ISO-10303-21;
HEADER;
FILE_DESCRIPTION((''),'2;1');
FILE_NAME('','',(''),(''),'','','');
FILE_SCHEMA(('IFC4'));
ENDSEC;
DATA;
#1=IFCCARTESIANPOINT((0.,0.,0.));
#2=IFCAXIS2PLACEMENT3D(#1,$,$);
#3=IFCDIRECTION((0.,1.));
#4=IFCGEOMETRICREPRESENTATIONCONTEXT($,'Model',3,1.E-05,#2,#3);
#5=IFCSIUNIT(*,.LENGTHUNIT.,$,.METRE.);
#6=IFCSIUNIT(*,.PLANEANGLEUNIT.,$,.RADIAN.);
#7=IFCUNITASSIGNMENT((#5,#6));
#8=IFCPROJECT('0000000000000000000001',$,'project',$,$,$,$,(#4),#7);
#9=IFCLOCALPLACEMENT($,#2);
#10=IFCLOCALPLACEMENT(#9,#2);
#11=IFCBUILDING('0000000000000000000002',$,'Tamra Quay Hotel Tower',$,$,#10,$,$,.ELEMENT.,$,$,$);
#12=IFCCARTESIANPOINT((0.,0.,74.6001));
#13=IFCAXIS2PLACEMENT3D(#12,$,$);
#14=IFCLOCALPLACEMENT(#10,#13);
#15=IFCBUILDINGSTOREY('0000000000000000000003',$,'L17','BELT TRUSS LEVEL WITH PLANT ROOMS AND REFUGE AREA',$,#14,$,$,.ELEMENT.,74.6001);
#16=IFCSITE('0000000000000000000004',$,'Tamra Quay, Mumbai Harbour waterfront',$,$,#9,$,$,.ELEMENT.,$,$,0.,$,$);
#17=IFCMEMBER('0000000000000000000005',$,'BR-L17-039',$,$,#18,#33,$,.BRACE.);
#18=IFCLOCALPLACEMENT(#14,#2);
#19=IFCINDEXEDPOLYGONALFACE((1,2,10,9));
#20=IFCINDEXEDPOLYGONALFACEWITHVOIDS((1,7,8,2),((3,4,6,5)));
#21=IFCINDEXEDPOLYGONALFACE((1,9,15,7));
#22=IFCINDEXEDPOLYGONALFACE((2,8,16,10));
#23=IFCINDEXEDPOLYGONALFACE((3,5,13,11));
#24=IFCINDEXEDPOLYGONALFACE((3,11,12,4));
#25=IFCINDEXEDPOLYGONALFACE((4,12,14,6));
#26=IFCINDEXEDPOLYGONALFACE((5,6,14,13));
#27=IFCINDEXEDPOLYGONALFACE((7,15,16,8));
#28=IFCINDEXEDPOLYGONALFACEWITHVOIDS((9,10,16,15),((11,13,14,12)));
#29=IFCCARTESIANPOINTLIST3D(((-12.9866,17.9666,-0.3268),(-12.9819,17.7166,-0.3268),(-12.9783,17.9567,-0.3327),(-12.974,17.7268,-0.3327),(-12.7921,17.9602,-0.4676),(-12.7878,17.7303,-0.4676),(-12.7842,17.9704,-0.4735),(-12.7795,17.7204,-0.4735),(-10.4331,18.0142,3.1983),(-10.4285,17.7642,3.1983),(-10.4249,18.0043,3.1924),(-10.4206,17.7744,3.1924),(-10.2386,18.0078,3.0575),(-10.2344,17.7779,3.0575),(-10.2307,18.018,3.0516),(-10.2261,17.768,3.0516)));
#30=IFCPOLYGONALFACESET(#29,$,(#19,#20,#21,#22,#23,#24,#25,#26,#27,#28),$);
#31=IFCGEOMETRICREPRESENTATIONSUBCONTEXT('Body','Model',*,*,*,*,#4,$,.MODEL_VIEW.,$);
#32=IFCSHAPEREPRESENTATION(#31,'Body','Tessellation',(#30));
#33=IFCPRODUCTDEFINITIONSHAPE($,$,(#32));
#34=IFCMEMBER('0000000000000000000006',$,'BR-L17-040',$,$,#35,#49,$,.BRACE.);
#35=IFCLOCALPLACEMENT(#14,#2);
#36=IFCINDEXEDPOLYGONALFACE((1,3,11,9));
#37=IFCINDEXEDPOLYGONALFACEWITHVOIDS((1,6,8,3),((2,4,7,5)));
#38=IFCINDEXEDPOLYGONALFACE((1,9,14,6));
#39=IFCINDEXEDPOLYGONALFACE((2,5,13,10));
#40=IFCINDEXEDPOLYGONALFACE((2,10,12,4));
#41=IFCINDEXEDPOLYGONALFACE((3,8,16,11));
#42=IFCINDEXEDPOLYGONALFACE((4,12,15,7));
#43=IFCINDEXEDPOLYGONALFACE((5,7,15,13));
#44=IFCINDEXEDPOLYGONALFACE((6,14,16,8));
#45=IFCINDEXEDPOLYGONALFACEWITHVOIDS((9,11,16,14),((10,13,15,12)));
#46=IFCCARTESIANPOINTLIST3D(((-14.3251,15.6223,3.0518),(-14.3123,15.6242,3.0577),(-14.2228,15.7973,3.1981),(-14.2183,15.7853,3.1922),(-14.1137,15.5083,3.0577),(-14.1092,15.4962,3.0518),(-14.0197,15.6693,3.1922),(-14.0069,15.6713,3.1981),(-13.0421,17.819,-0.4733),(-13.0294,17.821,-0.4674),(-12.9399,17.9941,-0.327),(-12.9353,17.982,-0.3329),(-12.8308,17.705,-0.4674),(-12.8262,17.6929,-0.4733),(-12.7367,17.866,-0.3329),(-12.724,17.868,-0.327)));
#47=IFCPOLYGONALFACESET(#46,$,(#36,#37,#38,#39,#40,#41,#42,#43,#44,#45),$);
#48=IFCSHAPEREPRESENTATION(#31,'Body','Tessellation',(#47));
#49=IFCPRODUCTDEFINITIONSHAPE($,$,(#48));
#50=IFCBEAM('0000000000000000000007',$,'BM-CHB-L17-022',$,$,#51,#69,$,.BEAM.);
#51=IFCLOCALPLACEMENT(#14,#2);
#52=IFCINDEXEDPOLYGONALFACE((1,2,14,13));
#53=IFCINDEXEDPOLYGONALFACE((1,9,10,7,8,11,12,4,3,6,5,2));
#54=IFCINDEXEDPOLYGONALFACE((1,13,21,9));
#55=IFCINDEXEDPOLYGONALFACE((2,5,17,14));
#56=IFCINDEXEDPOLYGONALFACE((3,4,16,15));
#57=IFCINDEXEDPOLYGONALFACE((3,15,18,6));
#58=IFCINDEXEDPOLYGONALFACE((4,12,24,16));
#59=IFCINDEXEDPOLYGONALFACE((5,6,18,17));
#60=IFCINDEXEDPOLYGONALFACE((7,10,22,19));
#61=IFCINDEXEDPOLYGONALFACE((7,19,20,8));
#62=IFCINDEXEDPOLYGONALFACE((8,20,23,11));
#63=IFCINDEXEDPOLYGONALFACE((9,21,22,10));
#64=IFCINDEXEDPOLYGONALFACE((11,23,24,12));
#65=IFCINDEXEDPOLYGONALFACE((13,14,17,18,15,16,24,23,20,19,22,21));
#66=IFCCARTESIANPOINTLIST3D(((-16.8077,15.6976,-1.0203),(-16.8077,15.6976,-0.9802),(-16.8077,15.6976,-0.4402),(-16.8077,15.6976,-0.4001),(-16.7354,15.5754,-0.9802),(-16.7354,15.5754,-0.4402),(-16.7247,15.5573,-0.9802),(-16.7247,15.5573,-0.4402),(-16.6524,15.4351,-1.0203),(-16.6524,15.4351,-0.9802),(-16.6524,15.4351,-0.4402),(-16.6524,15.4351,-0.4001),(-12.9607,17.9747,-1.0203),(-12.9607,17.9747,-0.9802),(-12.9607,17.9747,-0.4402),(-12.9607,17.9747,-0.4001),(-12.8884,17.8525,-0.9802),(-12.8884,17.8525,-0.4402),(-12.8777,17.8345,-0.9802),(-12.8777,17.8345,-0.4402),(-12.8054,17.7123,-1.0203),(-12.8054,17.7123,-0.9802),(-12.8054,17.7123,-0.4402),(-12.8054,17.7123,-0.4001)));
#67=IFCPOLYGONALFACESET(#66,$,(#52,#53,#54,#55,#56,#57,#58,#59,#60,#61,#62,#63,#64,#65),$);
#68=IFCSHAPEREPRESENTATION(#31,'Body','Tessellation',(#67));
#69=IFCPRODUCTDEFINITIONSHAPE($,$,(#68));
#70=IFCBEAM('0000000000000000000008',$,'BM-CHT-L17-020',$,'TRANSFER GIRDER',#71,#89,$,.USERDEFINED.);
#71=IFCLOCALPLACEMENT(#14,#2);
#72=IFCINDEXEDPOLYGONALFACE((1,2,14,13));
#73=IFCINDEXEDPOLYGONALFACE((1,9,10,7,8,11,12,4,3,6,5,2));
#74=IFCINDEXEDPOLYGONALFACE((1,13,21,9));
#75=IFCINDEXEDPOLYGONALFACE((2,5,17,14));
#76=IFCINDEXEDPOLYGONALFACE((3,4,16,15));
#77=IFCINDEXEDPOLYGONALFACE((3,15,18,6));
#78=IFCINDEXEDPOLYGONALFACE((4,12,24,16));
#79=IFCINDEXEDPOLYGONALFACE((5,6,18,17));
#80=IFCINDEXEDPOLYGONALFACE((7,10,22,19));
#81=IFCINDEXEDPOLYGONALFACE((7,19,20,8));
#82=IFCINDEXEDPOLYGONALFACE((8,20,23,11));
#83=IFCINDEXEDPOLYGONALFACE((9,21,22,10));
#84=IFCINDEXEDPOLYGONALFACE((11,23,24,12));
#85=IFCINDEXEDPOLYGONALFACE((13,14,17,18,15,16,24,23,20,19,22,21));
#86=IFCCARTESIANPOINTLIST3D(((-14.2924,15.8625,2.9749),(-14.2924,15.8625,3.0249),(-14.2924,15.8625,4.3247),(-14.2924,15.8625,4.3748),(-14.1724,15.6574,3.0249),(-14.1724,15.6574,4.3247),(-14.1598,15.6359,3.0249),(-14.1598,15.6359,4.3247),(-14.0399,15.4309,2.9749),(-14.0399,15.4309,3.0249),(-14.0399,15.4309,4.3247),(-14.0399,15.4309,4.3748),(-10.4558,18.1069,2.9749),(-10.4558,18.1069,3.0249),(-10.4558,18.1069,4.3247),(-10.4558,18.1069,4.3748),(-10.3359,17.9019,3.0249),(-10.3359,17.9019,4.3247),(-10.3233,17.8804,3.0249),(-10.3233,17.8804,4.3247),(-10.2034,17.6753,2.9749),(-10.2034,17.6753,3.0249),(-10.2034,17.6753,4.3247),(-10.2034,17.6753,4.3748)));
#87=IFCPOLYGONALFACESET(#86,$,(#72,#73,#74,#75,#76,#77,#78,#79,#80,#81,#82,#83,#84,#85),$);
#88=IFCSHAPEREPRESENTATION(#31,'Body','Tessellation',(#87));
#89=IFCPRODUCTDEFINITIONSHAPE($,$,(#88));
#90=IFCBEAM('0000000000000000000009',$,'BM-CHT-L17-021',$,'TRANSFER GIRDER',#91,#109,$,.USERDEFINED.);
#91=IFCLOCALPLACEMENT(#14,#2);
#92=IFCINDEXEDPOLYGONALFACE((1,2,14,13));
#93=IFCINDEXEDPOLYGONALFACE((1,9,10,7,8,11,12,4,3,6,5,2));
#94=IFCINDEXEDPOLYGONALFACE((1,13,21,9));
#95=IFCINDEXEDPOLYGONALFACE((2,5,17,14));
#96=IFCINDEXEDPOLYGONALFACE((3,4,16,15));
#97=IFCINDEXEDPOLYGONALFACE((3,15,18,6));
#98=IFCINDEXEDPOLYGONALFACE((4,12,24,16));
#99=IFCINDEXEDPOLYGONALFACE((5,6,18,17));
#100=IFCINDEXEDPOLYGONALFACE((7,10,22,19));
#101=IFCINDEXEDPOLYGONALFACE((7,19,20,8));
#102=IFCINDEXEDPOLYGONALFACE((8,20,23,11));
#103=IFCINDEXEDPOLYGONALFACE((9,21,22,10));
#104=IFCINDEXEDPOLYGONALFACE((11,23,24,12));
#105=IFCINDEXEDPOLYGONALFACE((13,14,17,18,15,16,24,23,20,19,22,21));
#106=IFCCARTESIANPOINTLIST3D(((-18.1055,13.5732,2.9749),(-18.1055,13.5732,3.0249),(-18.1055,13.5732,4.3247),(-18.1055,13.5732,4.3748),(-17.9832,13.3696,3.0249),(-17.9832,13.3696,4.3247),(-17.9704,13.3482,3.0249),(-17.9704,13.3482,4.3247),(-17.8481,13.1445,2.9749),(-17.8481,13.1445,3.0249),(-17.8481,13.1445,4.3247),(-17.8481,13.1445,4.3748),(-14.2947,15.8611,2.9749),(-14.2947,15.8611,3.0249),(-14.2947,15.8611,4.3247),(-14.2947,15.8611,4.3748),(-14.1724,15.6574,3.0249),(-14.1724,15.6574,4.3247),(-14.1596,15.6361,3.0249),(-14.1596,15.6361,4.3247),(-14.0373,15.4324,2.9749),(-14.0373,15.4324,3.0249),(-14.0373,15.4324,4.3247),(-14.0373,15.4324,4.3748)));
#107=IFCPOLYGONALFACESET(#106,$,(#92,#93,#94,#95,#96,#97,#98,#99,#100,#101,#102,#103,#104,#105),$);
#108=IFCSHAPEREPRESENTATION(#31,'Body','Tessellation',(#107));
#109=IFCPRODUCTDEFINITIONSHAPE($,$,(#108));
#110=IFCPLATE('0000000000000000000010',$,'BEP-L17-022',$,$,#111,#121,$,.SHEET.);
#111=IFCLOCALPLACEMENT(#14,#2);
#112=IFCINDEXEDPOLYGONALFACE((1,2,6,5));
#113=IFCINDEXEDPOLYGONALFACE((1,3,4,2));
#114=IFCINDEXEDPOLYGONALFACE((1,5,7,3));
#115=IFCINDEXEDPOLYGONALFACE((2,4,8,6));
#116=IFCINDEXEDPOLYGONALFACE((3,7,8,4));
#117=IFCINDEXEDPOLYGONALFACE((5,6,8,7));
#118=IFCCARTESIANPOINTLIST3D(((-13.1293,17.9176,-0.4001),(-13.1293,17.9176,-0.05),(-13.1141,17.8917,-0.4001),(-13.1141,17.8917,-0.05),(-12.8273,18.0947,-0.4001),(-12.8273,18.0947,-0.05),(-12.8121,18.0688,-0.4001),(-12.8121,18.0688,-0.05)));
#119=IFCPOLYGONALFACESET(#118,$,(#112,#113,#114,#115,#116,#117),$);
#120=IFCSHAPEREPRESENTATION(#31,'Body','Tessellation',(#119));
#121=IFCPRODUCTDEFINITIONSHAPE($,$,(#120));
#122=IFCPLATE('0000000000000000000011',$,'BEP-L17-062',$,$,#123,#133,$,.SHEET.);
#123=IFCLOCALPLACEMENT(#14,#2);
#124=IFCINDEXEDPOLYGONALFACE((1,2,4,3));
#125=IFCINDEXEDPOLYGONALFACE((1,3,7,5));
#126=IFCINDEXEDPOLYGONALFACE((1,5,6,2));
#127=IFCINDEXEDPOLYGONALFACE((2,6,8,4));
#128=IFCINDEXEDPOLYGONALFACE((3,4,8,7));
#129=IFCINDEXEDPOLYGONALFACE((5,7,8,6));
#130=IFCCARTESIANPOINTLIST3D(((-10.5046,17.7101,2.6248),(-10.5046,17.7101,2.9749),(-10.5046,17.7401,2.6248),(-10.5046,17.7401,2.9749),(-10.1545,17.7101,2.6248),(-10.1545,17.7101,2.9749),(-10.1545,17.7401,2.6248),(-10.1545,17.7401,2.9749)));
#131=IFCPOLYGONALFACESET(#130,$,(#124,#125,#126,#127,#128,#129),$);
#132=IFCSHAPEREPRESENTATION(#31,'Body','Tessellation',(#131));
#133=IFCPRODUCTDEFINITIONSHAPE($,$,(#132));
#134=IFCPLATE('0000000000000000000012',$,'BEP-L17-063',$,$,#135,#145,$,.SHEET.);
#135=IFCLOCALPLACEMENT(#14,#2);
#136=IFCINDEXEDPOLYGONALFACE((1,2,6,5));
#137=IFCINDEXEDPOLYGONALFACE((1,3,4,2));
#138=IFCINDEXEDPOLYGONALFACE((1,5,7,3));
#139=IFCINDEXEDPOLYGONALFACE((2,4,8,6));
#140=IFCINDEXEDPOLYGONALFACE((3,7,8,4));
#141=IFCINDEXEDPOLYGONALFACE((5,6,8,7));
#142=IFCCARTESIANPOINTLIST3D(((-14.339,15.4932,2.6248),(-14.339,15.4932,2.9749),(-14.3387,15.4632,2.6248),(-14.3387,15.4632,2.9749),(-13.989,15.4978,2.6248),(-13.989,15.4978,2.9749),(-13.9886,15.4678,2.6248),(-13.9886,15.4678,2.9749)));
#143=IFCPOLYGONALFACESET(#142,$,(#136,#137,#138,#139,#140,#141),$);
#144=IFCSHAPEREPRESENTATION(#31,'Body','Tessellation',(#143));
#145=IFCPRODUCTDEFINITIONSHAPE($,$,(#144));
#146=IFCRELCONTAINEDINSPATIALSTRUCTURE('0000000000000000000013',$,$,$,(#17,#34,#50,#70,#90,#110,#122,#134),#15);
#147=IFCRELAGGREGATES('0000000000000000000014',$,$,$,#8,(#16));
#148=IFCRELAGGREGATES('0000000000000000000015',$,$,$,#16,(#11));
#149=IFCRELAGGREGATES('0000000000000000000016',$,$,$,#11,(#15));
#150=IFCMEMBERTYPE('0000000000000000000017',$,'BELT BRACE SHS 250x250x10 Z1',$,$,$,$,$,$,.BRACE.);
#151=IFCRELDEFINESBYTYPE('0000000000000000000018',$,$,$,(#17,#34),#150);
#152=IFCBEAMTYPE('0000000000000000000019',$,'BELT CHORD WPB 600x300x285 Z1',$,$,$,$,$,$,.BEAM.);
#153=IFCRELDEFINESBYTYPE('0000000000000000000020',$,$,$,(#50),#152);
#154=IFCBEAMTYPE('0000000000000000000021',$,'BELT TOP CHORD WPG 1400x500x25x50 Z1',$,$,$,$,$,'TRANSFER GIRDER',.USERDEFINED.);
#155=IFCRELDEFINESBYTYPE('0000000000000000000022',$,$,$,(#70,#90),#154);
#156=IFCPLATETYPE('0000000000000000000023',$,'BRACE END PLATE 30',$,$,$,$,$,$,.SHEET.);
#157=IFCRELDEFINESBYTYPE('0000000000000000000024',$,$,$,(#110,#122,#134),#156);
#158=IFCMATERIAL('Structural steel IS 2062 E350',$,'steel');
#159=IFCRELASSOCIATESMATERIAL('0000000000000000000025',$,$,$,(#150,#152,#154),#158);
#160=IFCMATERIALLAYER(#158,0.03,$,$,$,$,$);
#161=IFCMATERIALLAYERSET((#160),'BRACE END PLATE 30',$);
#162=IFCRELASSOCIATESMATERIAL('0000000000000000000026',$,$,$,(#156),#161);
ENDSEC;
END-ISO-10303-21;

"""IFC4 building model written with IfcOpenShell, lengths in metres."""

from ifc_helpers import new_model, si_unit, direction, frame, origin, origin_2d, place, context, subcontext, project, spatial, rectangle, hollow_rectangle, i_section, extrude, material, layer, layer_set, material_profile, profile_set, type_object, element, save


model = new_model("IFC4")

# Units and contexts
model_context = context("Model", 3, precision=1e-05, world=origin(), true_north=direction((0.0, 1.0)))
body_context = subcontext(model_context, "Body", "Model", "MODEL_VIEW")
ifc_project = project(units=[si_unit("LENGTHUNIT", "METRE"), si_unit("PLANEANGLEUNIT", "RADIAN")], contexts=[model_context])

# Site, building, storey
site_placement = place(None, origin())
site = spatial("IfcSite", under=ifc_project, at=site_placement, Name="Tamra Quay, Mumbai Harbour waterfront", CompositionType="ELEMENT", RefElevation=0.0)
building_placement = place(site_placement, origin())
building = spatial("IfcBuilding", under=site, at=building_placement, Name="Tamra Quay Hotel Tower", CompositionType="ELEMENT")
storey_placement = place(building_placement, frame((0.0, 0.0, 74.6001)))
storey = spatial("IfcBuildingStorey", under=building, at=storey_placement, Name="L17", Description="BELT TRUSS LEVEL WITH PLANT ROOMS AND REFUGE AREA", CompositionType="ELEMENT", Elevation=74.6001)

# Members
ifc_material_1 = material(Name="Structural steel IS 2062 E350", Category="steel")
ifc_material_profile_1 = material_profile(ifc_material_1, hollow_rectangle(XDim=0.25, YDim=0.25, WallThickness=0.01, at=origin_2d()), Name="SHS 250x250x10")
ifc_profile_set_1 = profile_set([ifc_material_profile_1], Name="Structural steel IS 2062 E350")
member_type = type_object("IfcMemberType", Name="BELT BRACE SHS 250x250x10 Z1", PredefinedType="BRACE", material=ifc_profile_set_1)
member_1_placement = place(storey_placement, frame((-12.8831, 17.8435, -0.4001), z_axis=(0.586591, 0.010937, 0.809809), x_axis=(-0.018641, 0.999826, 0.0)))
element("IfcMember", 1, at=member_1_placement, inside=storey, type_object=member_type, Name="BR-L17-039", PredefinedType="BRACE", context=body_context, shape_type="SweptSolid", body=[
    extrude(hollow_rectangle(XDim=0.25, YDim=0.25, WallThickness=0.01, at=origin_2d()), origin(), (0.0, 0.0, 1.0), 4.353),
])
member_2_placement = place(storey_placement, frame((-12.8831, 17.8435, -0.4001), z_axis=(-0.295121, -0.505327, 0.810894), x_axis=(0.863521, -0.504313, 0.0)))
element("IfcMember", 2, at=member_2_placement, inside=storey, type_object=member_type, Name="BR-L17-040", PredefinedType="BRACE", context=body_context, shape_type="SweptSolid", body=[
    extrude(hollow_rectangle(XDim=0.25, YDim=0.25, WallThickness=0.01, at=origin_2d()), origin(), (0.0, 0.0, 1.0), 4.3472),
])

# Beams
ifc_material_profile_2 = material_profile(ifc_material_1, i_section(OverallWidth=0.3049, OverallDepth=0.6201, WebThickness=0.021, FlangeThickness=0.04, at=origin_2d()), Name="WPB 600x300x285")
ifc_profile_set_2 = profile_set([ifc_material_profile_2], Name="Structural steel IS 2062 E350")
beam_type_1 = type_object("IfcBeamType", Name="BELT CHORD WPB 600x300x285 Z1", PredefinedType="BEAM", material=ifc_profile_set_2)
beam_placement = place(storey_placement, frame((-12.8831, 17.8435, -0.7102), z_axis=(-0.860542, -0.509379, 0.0), x_axis=(0.509379, -0.860542, 0.0)))
element("IfcBeam", 3, at=beam_placement, inside=storey, type_object=beam_type_1, Name="BM-CHB-L17-022", PredefinedType="BEAM", context=body_context, shape_type="SweptSolid", body=[
    extrude(i_section(OverallWidth=0.3049, OverallDepth=0.6201, WebThickness=0.021, FlangeThickness=0.04, at=origin_2d()), origin(), (0.0, 0.0, 1.0), 4.4705),
])
ifc_material_profile_3 = material_profile(ifc_material_1, i_section(OverallWidth=0.5, OverallDepth=1.3999, WebThickness=0.0249, FlangeThickness=0.05, at=origin_2d()), Name="WPG 1400x500x25x50")
ifc_profile_set_3 = profile_set([ifc_material_profile_3], Name="Structural steel IS 2062 E350")
beam_type_2 = type_object("IfcBeamType", Name="BELT TOP CHORD WPG 1400x500x25x50 Z1", ElementType="TRANSFER GIRDER", PredefinedType="USERDEFINED", material=ifc_profile_set_3)
for number, where, z_axis, x_axis, name in (
    (4, (-10.3296, 17.8911, 3.6748), (-0.863145, -0.504957, 0.0), (0.504957, -0.863145, 0.0), "BM-CHT-L17-020"),
    (5, (-14.166, 15.6467, 3.6748), (-0.857357, -0.514722, 0.0), (0.514722, -0.857357, 0.0), "BM-CHT-L17-021"),
):
    element("IfcBeam", number, at=place(storey_placement, frame(where, z_axis=z_axis, x_axis=x_axis)), inside=storey, type_object=beam_type_2, Name=name, ObjectType="TRANSFER GIRDER", PredefinedType="USERDEFINED", context=body_context, shape_type="SweptSolid", body=[
        extrude(i_section(OverallWidth=0.5, OverallDepth=1.3999, WebThickness=0.0249, FlangeThickness=0.05, at=origin_2d()), origin(), (0.0, 0.0, 1.0), 4.4448),
    ])

# Plates
ifc_layer_1 = layer(ifc_material_1, 0.03)
ifc_layer_set_1 = layer_set([ifc_layer_1], Name="BRACE END PLATE 30")
plate_type = type_object("IfcPlateType", Name="BRACE END PLATE 30", PredefinedType="SHEET", material=ifc_layer_set_1)
for number, where, z_axis, x_axis, name in (
    (6, (-12.9707, 17.9932, -0.4001), (0.0, 0.0, 1.0), (-0.505898, 0.862593, 0.0), "BEP-L17-022"),
    (7, (-10.3296, 17.7251, 2.6248), (0.0, 0.0, 1.0), (-0.000009, 1.0, 0.0), "BEP-L17-062"),
    (8, (-14.1638, 15.4805, 2.6248), (0.0, 0.0, 1.0), (-0.013158, 0.999913, 0.0), "BEP-L17-063"),
):
    element("IfcPlate", number, at=place(storey_placement, frame(where, z_axis=z_axis, x_axis=x_axis)), inside=storey, type_object=plate_type, Name=name, PredefinedType="SHEET", context=body_context, shape_type="SweptSolid", body=[
        extrude(rectangle(XDim=0.03, YDim=0.3501, at=origin_2d()), origin(), (0.0, 0.0, 1.0), 0.3501),
    ])

save(model, "model.ifc")
